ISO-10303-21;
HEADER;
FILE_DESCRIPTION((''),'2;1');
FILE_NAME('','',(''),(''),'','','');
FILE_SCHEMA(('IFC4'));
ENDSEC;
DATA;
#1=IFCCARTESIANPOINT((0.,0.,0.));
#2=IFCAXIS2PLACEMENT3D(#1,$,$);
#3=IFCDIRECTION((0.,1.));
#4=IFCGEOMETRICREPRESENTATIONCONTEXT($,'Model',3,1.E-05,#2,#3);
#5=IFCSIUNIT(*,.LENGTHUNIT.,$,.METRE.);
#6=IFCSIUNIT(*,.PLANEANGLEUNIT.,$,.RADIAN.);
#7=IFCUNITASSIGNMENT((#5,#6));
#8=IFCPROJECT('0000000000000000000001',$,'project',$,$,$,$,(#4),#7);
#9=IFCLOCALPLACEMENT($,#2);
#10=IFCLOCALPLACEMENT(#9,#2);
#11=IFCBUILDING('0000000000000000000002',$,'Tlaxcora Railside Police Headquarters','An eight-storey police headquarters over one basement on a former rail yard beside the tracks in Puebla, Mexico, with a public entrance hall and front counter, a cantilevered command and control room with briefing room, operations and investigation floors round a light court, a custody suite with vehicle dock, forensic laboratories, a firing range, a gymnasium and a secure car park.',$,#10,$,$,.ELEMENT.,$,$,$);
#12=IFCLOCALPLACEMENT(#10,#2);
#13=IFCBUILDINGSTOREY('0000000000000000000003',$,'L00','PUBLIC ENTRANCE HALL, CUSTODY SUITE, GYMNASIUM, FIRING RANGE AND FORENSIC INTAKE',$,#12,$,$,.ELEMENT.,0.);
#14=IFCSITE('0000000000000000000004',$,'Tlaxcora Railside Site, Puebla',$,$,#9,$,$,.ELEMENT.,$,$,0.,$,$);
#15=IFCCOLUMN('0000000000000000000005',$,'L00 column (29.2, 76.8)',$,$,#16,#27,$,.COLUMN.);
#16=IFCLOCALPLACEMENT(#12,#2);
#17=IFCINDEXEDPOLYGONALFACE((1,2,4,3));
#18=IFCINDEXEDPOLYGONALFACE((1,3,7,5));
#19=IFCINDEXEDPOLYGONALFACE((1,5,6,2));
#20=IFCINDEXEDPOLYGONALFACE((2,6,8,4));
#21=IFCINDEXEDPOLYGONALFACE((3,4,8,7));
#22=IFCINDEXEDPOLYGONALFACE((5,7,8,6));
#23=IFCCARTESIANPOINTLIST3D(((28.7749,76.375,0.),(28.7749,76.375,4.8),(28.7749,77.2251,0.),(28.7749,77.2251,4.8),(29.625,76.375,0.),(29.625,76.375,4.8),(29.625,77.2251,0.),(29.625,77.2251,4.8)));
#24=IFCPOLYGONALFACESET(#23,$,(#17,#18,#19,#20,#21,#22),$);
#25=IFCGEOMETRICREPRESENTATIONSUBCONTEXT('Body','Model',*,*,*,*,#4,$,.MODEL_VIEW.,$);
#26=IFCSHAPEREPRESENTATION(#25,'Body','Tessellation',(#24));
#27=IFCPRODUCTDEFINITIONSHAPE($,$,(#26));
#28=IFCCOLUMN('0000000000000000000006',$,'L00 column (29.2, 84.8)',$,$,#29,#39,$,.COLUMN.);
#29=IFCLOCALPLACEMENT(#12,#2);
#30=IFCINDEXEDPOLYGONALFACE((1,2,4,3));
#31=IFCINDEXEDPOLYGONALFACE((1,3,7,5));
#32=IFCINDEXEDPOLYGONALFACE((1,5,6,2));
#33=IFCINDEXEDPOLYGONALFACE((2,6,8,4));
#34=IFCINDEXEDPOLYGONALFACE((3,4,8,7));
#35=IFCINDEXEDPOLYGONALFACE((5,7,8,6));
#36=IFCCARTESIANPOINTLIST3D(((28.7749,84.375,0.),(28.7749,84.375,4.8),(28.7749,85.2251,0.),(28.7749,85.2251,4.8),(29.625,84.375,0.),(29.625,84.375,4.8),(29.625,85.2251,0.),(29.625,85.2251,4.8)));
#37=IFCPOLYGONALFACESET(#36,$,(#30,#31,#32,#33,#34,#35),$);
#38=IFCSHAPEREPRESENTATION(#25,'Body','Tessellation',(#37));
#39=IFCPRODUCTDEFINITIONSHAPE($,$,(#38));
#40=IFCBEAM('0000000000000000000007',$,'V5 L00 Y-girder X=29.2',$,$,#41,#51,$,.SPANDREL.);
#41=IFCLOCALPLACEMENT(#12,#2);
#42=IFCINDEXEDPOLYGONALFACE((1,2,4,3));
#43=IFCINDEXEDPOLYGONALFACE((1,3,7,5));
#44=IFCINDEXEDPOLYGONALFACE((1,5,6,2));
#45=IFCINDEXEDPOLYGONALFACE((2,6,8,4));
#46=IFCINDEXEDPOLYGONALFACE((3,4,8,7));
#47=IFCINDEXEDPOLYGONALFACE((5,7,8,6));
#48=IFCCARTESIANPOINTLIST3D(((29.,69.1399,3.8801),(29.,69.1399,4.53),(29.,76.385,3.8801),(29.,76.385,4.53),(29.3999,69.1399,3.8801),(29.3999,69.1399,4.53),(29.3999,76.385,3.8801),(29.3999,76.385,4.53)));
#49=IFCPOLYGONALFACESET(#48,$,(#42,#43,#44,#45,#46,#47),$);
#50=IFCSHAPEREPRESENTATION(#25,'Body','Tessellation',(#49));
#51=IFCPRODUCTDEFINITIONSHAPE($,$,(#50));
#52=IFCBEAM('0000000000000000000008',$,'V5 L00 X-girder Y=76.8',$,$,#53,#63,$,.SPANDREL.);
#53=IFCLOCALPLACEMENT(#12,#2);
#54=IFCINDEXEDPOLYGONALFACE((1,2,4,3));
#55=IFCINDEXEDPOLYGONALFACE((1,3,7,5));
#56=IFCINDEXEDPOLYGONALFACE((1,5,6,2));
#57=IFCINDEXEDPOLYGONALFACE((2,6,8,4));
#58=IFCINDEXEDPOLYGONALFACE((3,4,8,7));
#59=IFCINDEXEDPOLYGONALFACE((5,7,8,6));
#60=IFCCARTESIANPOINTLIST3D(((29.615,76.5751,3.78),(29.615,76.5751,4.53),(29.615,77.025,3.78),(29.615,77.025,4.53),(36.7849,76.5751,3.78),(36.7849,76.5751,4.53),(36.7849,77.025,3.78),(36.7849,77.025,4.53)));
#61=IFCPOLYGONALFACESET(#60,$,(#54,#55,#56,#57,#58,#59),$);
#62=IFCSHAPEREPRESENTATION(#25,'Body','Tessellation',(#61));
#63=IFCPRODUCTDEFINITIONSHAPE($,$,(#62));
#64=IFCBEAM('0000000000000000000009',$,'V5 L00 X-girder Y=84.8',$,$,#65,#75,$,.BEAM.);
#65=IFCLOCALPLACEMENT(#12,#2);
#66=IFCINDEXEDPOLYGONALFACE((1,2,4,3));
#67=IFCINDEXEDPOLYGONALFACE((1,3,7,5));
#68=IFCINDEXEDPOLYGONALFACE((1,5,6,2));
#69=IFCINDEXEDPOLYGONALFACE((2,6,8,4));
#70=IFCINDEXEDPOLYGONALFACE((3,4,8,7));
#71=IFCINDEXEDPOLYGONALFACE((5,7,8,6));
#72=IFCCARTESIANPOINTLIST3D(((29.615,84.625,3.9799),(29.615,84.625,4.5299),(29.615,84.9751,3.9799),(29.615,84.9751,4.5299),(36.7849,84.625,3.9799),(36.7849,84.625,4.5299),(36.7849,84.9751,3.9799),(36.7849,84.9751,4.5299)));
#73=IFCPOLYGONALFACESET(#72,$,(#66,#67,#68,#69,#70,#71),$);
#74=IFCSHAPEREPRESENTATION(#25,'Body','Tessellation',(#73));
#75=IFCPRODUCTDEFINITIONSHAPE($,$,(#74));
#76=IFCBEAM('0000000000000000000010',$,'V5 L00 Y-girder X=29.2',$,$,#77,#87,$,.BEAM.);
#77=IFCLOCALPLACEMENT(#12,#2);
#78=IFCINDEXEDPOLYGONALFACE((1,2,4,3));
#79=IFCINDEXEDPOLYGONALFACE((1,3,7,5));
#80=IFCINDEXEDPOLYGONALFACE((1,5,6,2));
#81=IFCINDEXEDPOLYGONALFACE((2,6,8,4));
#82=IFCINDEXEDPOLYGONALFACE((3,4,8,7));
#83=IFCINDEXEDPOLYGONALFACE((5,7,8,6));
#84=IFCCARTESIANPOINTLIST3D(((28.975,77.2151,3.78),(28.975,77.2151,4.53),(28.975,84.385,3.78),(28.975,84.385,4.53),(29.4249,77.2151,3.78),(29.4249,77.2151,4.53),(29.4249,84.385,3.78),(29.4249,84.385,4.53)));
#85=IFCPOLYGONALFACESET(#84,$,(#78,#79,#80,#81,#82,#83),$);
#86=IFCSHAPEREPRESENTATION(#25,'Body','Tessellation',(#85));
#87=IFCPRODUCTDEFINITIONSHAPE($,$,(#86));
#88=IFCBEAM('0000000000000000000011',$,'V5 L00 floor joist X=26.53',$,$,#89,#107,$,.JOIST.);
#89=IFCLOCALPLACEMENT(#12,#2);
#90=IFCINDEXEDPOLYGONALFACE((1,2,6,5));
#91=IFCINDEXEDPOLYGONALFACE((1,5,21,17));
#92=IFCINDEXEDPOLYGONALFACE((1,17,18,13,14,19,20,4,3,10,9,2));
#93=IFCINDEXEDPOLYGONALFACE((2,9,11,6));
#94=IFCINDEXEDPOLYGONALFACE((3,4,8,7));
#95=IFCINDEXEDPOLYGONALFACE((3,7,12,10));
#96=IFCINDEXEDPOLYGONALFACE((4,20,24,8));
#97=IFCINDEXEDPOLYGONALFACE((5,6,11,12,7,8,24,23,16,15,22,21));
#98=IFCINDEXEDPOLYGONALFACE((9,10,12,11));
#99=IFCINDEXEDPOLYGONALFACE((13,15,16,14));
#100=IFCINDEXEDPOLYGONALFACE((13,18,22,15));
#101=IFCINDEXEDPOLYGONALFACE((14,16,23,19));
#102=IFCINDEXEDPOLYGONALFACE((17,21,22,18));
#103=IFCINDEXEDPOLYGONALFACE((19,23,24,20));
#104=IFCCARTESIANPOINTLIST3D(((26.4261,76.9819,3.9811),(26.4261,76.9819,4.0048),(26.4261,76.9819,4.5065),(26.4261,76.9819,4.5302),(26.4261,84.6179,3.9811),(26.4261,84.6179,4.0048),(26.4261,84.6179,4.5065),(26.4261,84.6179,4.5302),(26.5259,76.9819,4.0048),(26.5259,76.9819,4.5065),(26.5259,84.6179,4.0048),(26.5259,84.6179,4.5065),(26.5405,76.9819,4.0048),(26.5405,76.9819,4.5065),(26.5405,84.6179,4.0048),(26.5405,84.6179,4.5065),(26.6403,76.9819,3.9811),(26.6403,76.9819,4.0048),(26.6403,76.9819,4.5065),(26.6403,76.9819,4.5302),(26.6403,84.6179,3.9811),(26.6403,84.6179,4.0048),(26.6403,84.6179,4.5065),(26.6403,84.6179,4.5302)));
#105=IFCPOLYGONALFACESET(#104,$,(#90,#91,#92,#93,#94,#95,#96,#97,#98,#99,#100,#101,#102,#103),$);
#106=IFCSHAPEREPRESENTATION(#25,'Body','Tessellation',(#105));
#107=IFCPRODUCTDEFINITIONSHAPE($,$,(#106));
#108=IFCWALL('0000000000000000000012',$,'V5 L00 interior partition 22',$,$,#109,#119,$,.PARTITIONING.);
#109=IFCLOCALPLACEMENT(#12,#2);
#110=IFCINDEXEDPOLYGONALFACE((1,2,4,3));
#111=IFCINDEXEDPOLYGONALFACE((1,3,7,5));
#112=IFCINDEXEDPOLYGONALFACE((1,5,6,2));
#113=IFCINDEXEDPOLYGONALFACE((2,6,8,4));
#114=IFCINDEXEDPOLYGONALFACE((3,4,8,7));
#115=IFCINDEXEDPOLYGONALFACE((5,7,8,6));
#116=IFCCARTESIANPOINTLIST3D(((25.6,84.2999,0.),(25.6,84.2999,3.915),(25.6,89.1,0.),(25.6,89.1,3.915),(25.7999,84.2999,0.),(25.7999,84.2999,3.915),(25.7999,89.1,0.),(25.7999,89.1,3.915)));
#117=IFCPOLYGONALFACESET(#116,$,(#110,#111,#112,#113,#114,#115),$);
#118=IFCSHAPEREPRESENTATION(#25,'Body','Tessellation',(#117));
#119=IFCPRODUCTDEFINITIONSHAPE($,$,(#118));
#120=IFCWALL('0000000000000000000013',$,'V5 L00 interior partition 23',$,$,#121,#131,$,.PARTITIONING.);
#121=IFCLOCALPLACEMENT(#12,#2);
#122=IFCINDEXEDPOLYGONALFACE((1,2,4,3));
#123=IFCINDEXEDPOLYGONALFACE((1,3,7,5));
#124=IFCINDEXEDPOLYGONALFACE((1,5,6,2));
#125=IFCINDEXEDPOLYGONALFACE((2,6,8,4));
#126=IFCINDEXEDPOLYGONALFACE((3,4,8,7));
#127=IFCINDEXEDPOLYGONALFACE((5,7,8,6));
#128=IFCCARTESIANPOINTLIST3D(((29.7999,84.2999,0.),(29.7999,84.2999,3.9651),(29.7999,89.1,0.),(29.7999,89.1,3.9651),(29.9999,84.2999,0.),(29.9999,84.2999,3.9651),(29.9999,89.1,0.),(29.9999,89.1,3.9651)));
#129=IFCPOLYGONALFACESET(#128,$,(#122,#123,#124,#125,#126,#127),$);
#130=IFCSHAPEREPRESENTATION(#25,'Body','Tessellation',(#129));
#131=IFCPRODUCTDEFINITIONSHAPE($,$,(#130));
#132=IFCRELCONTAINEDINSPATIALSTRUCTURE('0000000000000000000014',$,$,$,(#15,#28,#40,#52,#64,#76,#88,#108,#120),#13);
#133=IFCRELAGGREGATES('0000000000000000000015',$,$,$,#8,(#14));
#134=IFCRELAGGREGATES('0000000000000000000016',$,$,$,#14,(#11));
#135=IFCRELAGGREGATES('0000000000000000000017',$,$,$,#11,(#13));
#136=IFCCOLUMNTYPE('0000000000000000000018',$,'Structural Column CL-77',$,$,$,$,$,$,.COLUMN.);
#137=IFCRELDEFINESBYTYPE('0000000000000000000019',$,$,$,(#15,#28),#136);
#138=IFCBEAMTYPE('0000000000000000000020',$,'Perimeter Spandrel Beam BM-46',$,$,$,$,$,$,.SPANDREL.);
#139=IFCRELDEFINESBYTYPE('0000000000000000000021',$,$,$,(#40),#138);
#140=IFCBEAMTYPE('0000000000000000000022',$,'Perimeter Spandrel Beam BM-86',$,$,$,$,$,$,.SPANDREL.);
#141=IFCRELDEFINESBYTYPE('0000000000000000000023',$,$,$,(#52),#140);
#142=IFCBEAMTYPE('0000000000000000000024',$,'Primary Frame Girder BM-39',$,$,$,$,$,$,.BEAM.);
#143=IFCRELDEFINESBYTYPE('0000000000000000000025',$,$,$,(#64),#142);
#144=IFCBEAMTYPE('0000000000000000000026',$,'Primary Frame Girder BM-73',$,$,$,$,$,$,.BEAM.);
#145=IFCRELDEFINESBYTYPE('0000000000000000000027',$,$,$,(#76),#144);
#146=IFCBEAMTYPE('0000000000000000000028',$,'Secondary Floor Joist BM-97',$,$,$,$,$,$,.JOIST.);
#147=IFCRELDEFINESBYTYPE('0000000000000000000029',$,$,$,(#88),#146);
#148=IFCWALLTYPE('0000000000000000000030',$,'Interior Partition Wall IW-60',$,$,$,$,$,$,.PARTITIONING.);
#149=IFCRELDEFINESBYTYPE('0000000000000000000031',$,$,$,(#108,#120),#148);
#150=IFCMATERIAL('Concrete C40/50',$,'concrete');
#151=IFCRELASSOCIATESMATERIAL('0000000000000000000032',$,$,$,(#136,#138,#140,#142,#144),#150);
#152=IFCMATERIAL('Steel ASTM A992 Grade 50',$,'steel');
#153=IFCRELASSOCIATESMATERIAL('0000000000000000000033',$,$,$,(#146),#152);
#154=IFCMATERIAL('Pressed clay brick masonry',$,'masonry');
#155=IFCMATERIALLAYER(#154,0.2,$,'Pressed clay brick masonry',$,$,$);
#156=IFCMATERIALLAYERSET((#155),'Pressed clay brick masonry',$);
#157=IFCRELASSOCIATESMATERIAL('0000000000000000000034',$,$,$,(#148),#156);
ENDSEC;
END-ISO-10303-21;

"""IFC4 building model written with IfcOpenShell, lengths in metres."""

from ifc_helpers import new_model, si_unit, direction, frame, frame_2d, origin, origin_2d, place, context, subcontext, project, spatial, rectangle, i_section, extrude, material, layer, layer_set, material_profile, profile_set, type_object, element, save


model = new_model("IFC4")

# Units and contexts
model_context = context("Model", 3, precision=1e-05, world=origin(), true_north=direction((0.0, 1.0)))
body_context = subcontext(model_context, "Body", "Model", "MODEL_VIEW")
ifc_project = project(units=[si_unit("LENGTHUNIT", "METRE"), si_unit("PLANEANGLEUNIT", "RADIAN")], contexts=[model_context])

# Site, building, storey
site_placement = place(None, origin())
site = spatial("IfcSite", under=ifc_project, at=site_placement, Name="Tlaxcora Railside Site, Puebla", CompositionType="ELEMENT", RefElevation=0.0)
building_placement = place(site_placement, origin())
building = spatial("IfcBuilding", under=site, at=building_placement, Name="Tlaxcora Railside Police Headquarters", Description="An eight-storey police headquarters over one basement on a former rail yard beside the tracks in Puebla, Mexico, with a public entrance hall and front counter, a cantilevered command and control room with briefing room, operations and investigation floors round a light court, a custody suite with vehicle dock, forensic laboratories, a firing range, a gymnasium and a secure car park.", CompositionType="ELEMENT")
storey_placement = place(building_placement, origin())
storey = spatial("IfcBuildingStorey", under=building, at=storey_placement, Name="L00", Description="PUBLIC ENTRANCE HALL, CUSTODY SUITE, GYMNASIUM, FIRING RANGE AND FORENSIC INTAKE", CompositionType="ELEMENT", Elevation=0.0)

# Columns
ifc_material_1 = material(Name="Concrete C40/50", Category="concrete")
ifc_material_profile_1 = material_profile(ifc_material_1, rectangle(XDim=0.8501, YDim=0.8501, at=origin_2d()), Name="RC850X850")
ifc_profile_set_1 = profile_set([ifc_material_profile_1], Name="Concrete C40/50")
column_type = type_object("IfcColumnType", Name="Structural Column CL-77", PredefinedType="COLUMN", material=ifc_profile_set_1)
for number, where, z_axis, x_axis, name in (
    (1, (29.2, 76.8, 0.0), (0.0, 0.0, 1.0), (1.0, 0.0, 0.0), "L00 column (29.2, 76.8)"),
    (2, (29.2, 84.8, 0.0), (0.0, 0.0, 1.0), (1.0, 0.0, 0.0), "L00 column (29.2, 84.8)"),
):
    element("IfcColumn", number, at=place(storey_placement, frame(where, z_axis=z_axis, x_axis=x_axis)), inside=storey, type_object=column_type, Name=name, PredefinedType="COLUMN", context=body_context, shape_type="SweptSolid", body=[
        extrude(rectangle(XDim=0.8501, YDim=0.8501, at=origin_2d()), origin(), (0.0, 0.0, 1.0), 4.8),
    ])

# Beams
ifc_material_profile_2 = material_profile(ifc_material_1, rectangle(XDim=0.3999, YDim=0.6499, at=origin_2d()), Name="RC400X650")
ifc_profile_set_2 = profile_set([ifc_material_profile_2], Name="Concrete C40/50")
beam_type_1 = type_object("IfcBeamType", Name="Perimeter Spandrel Beam BM-46", PredefinedType="SPANDREL", material=ifc_profile_set_2)
beam_1_placement = place(storey_placement, frame((29.2, 69.1399, 4.2051), z_axis=(0.0, 1.0, 0.0), x_axis=(-1.0, 0.0, 0.0)))
element("IfcBeam", 3, at=beam_1_placement, inside=storey, type_object=beam_type_1, Name="V5 L00 Y-girder X=29.2", PredefinedType="SPANDREL", context=body_context, shape_type="SweptSolid", body=[
    extrude(rectangle(XDim=0.3999, YDim=0.6499, at=origin_2d()), origin(), (0.0, 0.0, 1.0), 7.2451),
])
ifc_material_profile_3 = material_profile(ifc_material_1, rectangle(XDim=0.45, YDim=0.75, at=origin_2d()), Name="RC450X750")
ifc_profile_set_3 = profile_set([ifc_material_profile_3], Name="Concrete C40/50")
beam_type_2 = type_object("IfcBeamType", Name="Perimeter Spandrel Beam BM-86", PredefinedType="SPANDREL", material=ifc_profile_set_3)
beam_2_placement = place(storey_placement, frame((29.615, 76.8, 4.155), z_axis=(1.0, 0.0, 0.0), x_axis=(0.0, 1.0, 0.0)))
element("IfcBeam", 4, at=beam_2_placement, inside=storey, type_object=beam_type_2, Name="V5 L00 X-girder Y=76.8", PredefinedType="SPANDREL", context=body_context, shape_type="SweptSolid", body=[
    extrude(rectangle(XDim=0.45, YDim=0.75, at=origin_2d()), origin(), (0.0, 0.0, 1.0), 7.1699),
])
ifc_material_profile_4 = material_profile(ifc_material_1, rectangle(XDim=0.3501, YDim=0.55, at=origin_2d()), Name="RC350X550")
ifc_profile_set_4 = profile_set([ifc_material_profile_4], Name="Concrete C40/50")
beam_type_3 = type_object("IfcBeamType", Name="Primary Frame Girder BM-39", PredefinedType="BEAM", material=ifc_profile_set_4)
beam_3_placement = place(storey_placement, frame((29.615, 84.8, 4.2549), z_axis=(1.0, 0.0, 0.0), x_axis=(0.0, 1.0, 0.0)))
element("IfcBeam", 5, at=beam_3_placement, inside=storey, type_object=beam_type_3, Name="V5 L00 X-girder Y=84.8", PredefinedType="BEAM", context=body_context, shape_type="SweptSolid", body=[
    extrude(rectangle(XDim=0.3501, YDim=0.55, at=origin_2d()), origin(), (0.0, 0.0, 1.0), 7.1699),
])
ifc_material_profile_5 = material_profile(ifc_material_1, rectangle(XDim=0.45, YDim=0.75, at=origin_2d()), Name="RC450X750")
ifc_profile_set_5 = profile_set([ifc_material_profile_5], Name="Concrete C40/50")
beam_type_4 = type_object("IfcBeamType", Name="Primary Frame Girder BM-73", PredefinedType="BEAM", material=ifc_profile_set_5)
beam_4_placement = place(storey_placement, frame((29.2, 77.2151, 4.155), z_axis=(0.0, 1.0, 0.0), x_axis=(-1.0, 0.0, 0.0)))
element("IfcBeam", 6, at=beam_4_placement, inside=storey, type_object=beam_type_4, Name="V5 L00 Y-girder X=29.2", PredefinedType="BEAM", context=body_context, shape_type="SweptSolid", body=[
    extrude(rectangle(XDim=0.45, YDim=0.75, at=origin_2d()), origin(), (0.0, 0.0, 1.0), 7.1699),
])
ifc_material_2 = material(Name="Steel ASTM A992 Grade 50", Category="steel")
ifc_material_profile_6 = material_profile(ifc_material_2, i_section(OverallWidth=0.2141, OverallDepth=0.5491, WebThickness=0.0146, FlangeThickness=0.0237, at=origin_2d()), Name="W21X93")
ifc_profile_set_6 = profile_set([ifc_material_profile_6], Name="Steel ASTM A992 Grade 50")
beam_type_5 = type_object("IfcBeamType", Name="Secondary Floor Joist BM-97", PredefinedType="JOIST", material=ifc_profile_set_6)
beam_5_placement = place(storey_placement, frame((26.5332, 76.9819, 4.2556), z_axis=(0.0, 1.0, 0.0), x_axis=(-1.0, 0.0, 0.0)))
element("IfcBeam", 7, at=beam_5_placement, inside=storey, type_object=beam_type_5, Name="V5 L00 floor joist X=26.53", PredefinedType="JOIST", context=body_context, shape_type="SweptSolid", body=[
    extrude(i_section(OverallWidth=0.2141, OverallDepth=0.5491, WebThickness=0.0146, FlangeThickness=0.0237, at=origin_2d()), origin(), (0.0, 0.0, 1.0), 7.636),
])

# Shared definitions
ifc_material_3 = material(Name="Pressed clay brick masonry", Category="masonry")
ifc_layer_1 = layer(ifc_material_3, 0.2, Name="Pressed clay brick masonry")
ifc_layer_set_1 = layer_set([ifc_layer_1], Name="Pressed clay brick masonry")
wall_type_1 = type_object("IfcWallType", Name="Interior Partition Wall IW-60", PredefinedType="PARTITIONING", material=ifc_layer_set_1)

# Walls
wall_1_placement = place(storey_placement, frame((25.7, 84.3, 0.0), z_axis=(0.0, 0.0, 1.0), x_axis=(0.0, 1.0, 0.0)))
element("IfcWall", 8, at=wall_1_placement, inside=storey, type_object=wall_type_1, Name="V5 L00 interior partition 22", PredefinedType="PARTITIONING", context=body_context, shape_type="SweptSolid", body=[
    extrude(rectangle(XDim=4.8, YDim=0.2, at=frame_2d((2.3999, 0.0))), origin(), (0.0, 0.0, 1.0), 3.915),
])
wall_2_placement = place(storey_placement, frame((29.8999, 84.3, 0.0), z_axis=(0.0, 0.0, 1.0), x_axis=(0.0, 1.0, 0.0)))
element("IfcWall", 9, at=wall_2_placement, inside=storey, type_object=wall_type_1, Name="V5 L00 interior partition 23", PredefinedType="PARTITIONING", context=body_context, shape_type="SweptSolid", body=[
    extrude(rectangle(XDim=4.8, YDim=0.2, at=frame_2d((2.3999, 0.0))), origin(), (0.0, 0.0, 1.0), 3.9651),
])

save(model, "model.ifc")
